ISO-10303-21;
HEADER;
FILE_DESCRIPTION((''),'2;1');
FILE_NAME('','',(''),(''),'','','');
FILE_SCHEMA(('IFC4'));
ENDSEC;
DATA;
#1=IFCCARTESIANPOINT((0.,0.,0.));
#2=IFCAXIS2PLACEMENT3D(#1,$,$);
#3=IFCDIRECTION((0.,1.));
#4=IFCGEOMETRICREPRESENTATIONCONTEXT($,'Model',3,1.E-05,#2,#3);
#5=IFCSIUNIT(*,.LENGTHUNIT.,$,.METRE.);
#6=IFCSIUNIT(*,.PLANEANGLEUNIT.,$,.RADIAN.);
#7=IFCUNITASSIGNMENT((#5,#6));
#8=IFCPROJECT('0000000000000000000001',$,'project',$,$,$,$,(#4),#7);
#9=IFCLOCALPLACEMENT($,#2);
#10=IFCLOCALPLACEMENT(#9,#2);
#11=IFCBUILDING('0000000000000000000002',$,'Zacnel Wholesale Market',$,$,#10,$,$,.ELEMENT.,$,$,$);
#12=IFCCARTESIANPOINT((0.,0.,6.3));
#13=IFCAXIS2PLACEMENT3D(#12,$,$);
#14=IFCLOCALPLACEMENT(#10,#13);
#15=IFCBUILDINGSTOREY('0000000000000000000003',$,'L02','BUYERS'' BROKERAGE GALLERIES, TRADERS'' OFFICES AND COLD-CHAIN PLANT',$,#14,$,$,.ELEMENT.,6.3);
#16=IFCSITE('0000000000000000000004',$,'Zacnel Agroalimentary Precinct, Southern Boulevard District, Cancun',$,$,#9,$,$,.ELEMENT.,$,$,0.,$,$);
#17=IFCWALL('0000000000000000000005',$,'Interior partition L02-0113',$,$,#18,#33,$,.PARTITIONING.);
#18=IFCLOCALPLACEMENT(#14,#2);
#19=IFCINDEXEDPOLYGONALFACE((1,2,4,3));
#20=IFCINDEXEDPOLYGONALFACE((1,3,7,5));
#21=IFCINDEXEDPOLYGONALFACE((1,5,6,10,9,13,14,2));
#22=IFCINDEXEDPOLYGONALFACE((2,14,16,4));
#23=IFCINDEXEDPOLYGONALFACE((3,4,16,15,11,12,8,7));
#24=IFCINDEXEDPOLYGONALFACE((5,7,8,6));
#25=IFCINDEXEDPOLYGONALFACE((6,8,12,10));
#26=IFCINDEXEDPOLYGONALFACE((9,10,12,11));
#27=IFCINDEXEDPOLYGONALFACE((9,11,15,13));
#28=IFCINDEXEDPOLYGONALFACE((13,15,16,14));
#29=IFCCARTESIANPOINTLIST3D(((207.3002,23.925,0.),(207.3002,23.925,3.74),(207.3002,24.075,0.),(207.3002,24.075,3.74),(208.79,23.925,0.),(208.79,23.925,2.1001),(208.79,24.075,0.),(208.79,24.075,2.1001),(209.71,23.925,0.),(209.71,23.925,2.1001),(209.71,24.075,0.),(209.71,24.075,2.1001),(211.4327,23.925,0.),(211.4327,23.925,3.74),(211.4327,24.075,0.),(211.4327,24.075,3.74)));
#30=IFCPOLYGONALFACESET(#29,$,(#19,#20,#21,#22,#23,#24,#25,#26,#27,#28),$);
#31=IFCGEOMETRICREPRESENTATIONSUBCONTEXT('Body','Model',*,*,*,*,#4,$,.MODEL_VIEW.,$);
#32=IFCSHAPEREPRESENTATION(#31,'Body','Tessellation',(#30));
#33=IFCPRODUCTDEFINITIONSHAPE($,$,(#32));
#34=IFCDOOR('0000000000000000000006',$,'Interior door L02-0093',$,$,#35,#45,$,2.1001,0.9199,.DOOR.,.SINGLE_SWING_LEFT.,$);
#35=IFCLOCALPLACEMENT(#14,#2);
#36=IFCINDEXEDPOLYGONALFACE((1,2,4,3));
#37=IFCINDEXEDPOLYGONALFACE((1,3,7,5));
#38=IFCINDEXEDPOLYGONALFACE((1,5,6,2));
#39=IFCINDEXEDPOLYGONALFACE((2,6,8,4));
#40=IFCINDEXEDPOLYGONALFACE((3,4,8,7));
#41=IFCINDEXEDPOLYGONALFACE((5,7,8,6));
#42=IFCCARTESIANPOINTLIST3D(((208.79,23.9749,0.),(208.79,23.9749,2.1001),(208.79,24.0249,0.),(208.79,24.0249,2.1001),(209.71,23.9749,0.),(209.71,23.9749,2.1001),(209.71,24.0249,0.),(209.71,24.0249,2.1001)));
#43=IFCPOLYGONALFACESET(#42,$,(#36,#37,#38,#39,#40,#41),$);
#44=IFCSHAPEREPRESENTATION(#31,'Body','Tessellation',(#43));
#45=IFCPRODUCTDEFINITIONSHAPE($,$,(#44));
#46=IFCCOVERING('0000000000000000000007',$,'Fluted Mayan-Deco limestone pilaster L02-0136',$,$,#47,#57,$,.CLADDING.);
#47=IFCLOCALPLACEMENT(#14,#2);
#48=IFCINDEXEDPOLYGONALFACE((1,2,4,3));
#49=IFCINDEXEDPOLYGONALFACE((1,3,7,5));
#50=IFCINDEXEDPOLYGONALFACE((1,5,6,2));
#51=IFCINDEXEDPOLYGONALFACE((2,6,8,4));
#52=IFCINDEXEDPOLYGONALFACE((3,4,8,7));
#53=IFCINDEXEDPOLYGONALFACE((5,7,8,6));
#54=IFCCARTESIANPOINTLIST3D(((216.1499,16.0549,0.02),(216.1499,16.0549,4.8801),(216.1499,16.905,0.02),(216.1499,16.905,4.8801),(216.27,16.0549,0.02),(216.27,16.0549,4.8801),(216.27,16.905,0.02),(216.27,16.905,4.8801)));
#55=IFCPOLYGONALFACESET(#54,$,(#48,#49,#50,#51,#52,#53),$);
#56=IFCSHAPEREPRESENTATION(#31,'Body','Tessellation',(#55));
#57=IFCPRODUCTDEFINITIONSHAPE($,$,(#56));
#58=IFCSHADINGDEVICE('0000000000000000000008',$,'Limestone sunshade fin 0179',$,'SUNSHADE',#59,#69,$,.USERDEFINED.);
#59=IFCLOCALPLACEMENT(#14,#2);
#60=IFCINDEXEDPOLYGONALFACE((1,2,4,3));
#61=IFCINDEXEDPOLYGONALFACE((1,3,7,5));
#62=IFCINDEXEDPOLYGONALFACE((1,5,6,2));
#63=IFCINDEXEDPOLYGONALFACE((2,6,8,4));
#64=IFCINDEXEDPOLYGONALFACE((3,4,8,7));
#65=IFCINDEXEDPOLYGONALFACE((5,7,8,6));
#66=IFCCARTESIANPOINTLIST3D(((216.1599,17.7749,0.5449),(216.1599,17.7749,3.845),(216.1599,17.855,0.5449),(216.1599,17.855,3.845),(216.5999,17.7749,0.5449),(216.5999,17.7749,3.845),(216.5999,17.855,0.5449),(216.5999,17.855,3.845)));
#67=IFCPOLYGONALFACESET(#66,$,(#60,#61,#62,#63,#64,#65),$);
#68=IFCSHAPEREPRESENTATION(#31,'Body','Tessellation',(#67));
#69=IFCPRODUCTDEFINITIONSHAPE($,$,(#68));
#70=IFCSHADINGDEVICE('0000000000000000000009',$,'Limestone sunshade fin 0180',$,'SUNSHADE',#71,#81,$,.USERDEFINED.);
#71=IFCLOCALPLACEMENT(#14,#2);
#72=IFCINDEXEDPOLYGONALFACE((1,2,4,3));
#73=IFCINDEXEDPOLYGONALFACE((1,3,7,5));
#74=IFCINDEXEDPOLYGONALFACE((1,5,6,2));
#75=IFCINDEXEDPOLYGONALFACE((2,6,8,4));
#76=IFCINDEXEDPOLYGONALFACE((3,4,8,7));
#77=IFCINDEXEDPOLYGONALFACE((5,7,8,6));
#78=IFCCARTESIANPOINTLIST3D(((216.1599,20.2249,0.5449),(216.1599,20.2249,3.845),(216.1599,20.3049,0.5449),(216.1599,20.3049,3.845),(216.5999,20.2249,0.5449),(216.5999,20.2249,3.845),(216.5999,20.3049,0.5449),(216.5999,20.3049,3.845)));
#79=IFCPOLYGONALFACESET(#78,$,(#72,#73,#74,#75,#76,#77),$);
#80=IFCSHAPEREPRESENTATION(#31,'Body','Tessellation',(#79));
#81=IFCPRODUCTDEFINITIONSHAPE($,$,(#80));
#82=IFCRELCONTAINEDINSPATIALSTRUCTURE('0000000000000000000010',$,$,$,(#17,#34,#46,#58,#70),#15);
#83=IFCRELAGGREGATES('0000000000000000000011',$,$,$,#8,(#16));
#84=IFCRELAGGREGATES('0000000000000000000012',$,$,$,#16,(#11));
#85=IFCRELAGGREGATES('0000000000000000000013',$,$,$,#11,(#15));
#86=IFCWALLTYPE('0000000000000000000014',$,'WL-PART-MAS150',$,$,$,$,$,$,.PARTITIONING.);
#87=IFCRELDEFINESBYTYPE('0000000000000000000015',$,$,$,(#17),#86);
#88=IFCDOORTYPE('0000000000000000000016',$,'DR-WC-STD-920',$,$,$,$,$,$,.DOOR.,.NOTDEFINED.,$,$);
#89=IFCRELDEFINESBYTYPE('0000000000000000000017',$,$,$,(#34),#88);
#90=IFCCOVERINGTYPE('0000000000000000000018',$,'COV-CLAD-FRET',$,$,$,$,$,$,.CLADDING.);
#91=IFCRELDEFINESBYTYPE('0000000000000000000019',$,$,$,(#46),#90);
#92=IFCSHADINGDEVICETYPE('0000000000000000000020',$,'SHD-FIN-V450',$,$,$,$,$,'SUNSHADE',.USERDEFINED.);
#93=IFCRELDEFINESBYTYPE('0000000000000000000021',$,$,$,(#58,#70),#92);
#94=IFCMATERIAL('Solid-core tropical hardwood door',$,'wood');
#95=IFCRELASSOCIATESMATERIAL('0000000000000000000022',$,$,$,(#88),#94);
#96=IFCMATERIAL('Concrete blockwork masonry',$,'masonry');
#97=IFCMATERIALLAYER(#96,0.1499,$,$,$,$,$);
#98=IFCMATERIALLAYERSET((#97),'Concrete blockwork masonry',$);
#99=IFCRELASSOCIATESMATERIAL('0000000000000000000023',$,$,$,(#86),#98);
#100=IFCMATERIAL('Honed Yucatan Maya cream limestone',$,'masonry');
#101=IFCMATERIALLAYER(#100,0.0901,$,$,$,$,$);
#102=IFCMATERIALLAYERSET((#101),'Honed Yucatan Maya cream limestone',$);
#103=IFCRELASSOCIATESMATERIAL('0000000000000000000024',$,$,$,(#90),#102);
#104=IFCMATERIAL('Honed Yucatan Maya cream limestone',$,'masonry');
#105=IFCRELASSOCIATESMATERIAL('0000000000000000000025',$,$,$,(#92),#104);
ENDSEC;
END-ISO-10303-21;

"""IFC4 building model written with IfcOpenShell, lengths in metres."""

from ifc_helpers import new_model, si_unit, direction, frame, frame_2d, origin, origin_2d, place, context, subcontext, project, spatial, rectangle, extrude, material, layer, layer_set, type_object, element, fill, save


model = new_model("IFC4")

# Units and contexts
model_context = context("Model", 3, precision=1e-05, world=origin(), true_north=direction((0.0, 1.0)))
body_context = subcontext(model_context, "Body", "Model", "MODEL_VIEW")
ifc_project = project(units=[si_unit("LENGTHUNIT", "METRE"), si_unit("PLANEANGLEUNIT", "RADIAN")], contexts=[model_context])

# Site, building, storey
site_placement = place(None, origin())
site = spatial("IfcSite", under=ifc_project, at=site_placement, Name="Zacnel Agroalimentary Precinct, Southern Boulevard District, Cancun", CompositionType="ELEMENT", RefElevation=0.0)
building_placement = place(site_placement, origin())
building = spatial("IfcBuilding", under=site, at=building_placement, Name="Zacnel Wholesale Market", CompositionType="ELEMENT")
storey_placement = place(building_placement, frame((0.0, 0.0, 6.3)))
storey = spatial("IfcBuildingStorey", under=building, at=storey_placement, Name="L02", Description="BUYERS' BROKERAGE GALLERIES, TRADERS' OFFICES AND COLD-CHAIN PLANT", CompositionType="ELEMENT", Elevation=6.3)

# Wall, opening, door
ifc_material_1 = material(Name="Solid-core tropical hardwood door", Category="wood")
door_type_1 = type_object("IfcDoorType", Name="DR-WC-STD-920", OperationType="NOTDEFINED", PredefinedType="DOOR", material=ifc_material_1)
ifc_material_2 = material(Name="Concrete blockwork masonry", Category="masonry")
ifc_layer_1 = layer(ifc_material_2, 0.1499)
ifc_layer_set_1 = layer_set([ifc_layer_1], Name="Concrete blockwork masonry")
wall_type_1 = type_object("IfcWallType", Name="WL-PART-MAS150", PredefinedType="PARTITIONING", material=ifc_layer_set_1)
wall_1_placement = place(storey_placement, frame((207.3, 24.0, 0.0), z_axis=(0.0, 0.0, 1.0), x_axis=(1.0, 0.0, 0.0)))
wall_1 = element("IfcWall", 1, at=wall_1_placement, inside=storey, type_object=wall_type_1, Name="Interior partition L02-0113", PredefinedType="PARTITIONING", context=body_context, shape_type="SweptSolid", body=[
    extrude(rectangle(XDim=4.1326, YDim=0.1499, at=frame_2d((2.0664, 0.0))), origin(), (0.0, 0.0, 1.0), 3.74),
])
opening_1_placement = place(wall_1_placement, frame((1.49, 0.0, 0.0)))
opening_1 = element("IfcOpeningElement", 2, at=opening_1_placement, cuts=wall_1, PredefinedType="OPENING", context=body_context, shape_type="SweptSolid", body=[
    extrude(rectangle(XDim=0.9199, YDim=2.1001, at=frame_2d((0.46, 1.05))), frame((0.0, 0.085, 0.0), z_axis=(0.0, -1.0, 0.0), x_axis=(1.0, 0.0, 0.0)), (0.0, 0.0, 1.0), 0.1699),
])
door_1_placement = place(opening_1_placement, origin())
door_1 = element("IfcDoor", 3, at=door_1_placement, inside=storey, type_object=door_type_1, Name="Interior door L02-0093", OperationType="SINGLE_SWING_LEFT", OverallHeight=2.1001, OverallWidth=0.9199, PredefinedType="DOOR", context=body_context, shape_type="SweptSolid", body=[
    extrude(rectangle(XDim=0.9199, YDim=2.1001, at=frame_2d((0.46, 1.05))), frame((0.0, 0.0249, 0.0), z_axis=(0.0, -1.0, 0.0), x_axis=(1.0, 0.0, 0.0)), (0.0, 0.0, 1.0), 0.05),
])
fill(opening_1, door_1)

# Covering
ifc_material_3 = material(Name="Honed Yucatan Maya cream limestone", Category="masonry")
ifc_layer_2 = layer(ifc_material_3, 0.0901)
ifc_layer_set_2 = layer_set([ifc_layer_2], Name="Honed Yucatan Maya cream limestone")
covering_type = type_object("IfcCoveringType", Name="COV-CLAD-FRET", PredefinedType="CLADDING", material=ifc_layer_set_2)
covering_placement = place(storey_placement, frame((216.21, 16.48, 0.02), z_axis=(0.0, 0.0, 1.0), x_axis=(0.0, 1.0, 0.0)))
element("IfcCovering", 4, at=covering_placement, inside=storey, type_object=covering_type, Name="Fluted Mayan-Deco limestone pilaster L02-0136", PredefinedType="CLADDING", context=body_context, shape_type="SweptSolid", body=[
    extrude(rectangle(XDim=0.8501, YDim=0.1201, at=origin_2d()), origin(), (0.0, 0.0, 1.0), 4.8601),
])

# Shading devices
ifc_material_4 = material(Name="Honed Yucatan Maya cream limestone", Category="masonry")
shading_device_type = type_object("IfcShadingDeviceType", Name="SHD-FIN-V450", ElementType="SUNSHADE", PredefinedType="USERDEFINED", material=ifc_material_4)
for number, where, z_axis, x_axis, name in (
    (5, (216.3799, 17.8149, 0.5449), (0.0, 0.0, 1.0), (0.0, 1.0, 0.0), "Limestone sunshade fin 0179"),
    (6, (216.3799, 20.2649, 0.5449), (0.0, 0.0, 1.0), (0.0, 1.0, 0.0), "Limestone sunshade fin 0180"),
):
    element("IfcShadingDevice", number, at=place(storey_placement, frame(where, z_axis=z_axis, x_axis=x_axis)), inside=storey, type_object=shading_device_type, Name=name, ObjectType="SUNSHADE", PredefinedType="USERDEFINED", context=body_context, shape_type="SweptSolid", body=[
        extrude(rectangle(XDim=0.0801, YDim=0.4399, at=origin_2d()), origin(), (0.0, 0.0, 1.0), 3.3),
    ])

save(model, "model.ifc")
